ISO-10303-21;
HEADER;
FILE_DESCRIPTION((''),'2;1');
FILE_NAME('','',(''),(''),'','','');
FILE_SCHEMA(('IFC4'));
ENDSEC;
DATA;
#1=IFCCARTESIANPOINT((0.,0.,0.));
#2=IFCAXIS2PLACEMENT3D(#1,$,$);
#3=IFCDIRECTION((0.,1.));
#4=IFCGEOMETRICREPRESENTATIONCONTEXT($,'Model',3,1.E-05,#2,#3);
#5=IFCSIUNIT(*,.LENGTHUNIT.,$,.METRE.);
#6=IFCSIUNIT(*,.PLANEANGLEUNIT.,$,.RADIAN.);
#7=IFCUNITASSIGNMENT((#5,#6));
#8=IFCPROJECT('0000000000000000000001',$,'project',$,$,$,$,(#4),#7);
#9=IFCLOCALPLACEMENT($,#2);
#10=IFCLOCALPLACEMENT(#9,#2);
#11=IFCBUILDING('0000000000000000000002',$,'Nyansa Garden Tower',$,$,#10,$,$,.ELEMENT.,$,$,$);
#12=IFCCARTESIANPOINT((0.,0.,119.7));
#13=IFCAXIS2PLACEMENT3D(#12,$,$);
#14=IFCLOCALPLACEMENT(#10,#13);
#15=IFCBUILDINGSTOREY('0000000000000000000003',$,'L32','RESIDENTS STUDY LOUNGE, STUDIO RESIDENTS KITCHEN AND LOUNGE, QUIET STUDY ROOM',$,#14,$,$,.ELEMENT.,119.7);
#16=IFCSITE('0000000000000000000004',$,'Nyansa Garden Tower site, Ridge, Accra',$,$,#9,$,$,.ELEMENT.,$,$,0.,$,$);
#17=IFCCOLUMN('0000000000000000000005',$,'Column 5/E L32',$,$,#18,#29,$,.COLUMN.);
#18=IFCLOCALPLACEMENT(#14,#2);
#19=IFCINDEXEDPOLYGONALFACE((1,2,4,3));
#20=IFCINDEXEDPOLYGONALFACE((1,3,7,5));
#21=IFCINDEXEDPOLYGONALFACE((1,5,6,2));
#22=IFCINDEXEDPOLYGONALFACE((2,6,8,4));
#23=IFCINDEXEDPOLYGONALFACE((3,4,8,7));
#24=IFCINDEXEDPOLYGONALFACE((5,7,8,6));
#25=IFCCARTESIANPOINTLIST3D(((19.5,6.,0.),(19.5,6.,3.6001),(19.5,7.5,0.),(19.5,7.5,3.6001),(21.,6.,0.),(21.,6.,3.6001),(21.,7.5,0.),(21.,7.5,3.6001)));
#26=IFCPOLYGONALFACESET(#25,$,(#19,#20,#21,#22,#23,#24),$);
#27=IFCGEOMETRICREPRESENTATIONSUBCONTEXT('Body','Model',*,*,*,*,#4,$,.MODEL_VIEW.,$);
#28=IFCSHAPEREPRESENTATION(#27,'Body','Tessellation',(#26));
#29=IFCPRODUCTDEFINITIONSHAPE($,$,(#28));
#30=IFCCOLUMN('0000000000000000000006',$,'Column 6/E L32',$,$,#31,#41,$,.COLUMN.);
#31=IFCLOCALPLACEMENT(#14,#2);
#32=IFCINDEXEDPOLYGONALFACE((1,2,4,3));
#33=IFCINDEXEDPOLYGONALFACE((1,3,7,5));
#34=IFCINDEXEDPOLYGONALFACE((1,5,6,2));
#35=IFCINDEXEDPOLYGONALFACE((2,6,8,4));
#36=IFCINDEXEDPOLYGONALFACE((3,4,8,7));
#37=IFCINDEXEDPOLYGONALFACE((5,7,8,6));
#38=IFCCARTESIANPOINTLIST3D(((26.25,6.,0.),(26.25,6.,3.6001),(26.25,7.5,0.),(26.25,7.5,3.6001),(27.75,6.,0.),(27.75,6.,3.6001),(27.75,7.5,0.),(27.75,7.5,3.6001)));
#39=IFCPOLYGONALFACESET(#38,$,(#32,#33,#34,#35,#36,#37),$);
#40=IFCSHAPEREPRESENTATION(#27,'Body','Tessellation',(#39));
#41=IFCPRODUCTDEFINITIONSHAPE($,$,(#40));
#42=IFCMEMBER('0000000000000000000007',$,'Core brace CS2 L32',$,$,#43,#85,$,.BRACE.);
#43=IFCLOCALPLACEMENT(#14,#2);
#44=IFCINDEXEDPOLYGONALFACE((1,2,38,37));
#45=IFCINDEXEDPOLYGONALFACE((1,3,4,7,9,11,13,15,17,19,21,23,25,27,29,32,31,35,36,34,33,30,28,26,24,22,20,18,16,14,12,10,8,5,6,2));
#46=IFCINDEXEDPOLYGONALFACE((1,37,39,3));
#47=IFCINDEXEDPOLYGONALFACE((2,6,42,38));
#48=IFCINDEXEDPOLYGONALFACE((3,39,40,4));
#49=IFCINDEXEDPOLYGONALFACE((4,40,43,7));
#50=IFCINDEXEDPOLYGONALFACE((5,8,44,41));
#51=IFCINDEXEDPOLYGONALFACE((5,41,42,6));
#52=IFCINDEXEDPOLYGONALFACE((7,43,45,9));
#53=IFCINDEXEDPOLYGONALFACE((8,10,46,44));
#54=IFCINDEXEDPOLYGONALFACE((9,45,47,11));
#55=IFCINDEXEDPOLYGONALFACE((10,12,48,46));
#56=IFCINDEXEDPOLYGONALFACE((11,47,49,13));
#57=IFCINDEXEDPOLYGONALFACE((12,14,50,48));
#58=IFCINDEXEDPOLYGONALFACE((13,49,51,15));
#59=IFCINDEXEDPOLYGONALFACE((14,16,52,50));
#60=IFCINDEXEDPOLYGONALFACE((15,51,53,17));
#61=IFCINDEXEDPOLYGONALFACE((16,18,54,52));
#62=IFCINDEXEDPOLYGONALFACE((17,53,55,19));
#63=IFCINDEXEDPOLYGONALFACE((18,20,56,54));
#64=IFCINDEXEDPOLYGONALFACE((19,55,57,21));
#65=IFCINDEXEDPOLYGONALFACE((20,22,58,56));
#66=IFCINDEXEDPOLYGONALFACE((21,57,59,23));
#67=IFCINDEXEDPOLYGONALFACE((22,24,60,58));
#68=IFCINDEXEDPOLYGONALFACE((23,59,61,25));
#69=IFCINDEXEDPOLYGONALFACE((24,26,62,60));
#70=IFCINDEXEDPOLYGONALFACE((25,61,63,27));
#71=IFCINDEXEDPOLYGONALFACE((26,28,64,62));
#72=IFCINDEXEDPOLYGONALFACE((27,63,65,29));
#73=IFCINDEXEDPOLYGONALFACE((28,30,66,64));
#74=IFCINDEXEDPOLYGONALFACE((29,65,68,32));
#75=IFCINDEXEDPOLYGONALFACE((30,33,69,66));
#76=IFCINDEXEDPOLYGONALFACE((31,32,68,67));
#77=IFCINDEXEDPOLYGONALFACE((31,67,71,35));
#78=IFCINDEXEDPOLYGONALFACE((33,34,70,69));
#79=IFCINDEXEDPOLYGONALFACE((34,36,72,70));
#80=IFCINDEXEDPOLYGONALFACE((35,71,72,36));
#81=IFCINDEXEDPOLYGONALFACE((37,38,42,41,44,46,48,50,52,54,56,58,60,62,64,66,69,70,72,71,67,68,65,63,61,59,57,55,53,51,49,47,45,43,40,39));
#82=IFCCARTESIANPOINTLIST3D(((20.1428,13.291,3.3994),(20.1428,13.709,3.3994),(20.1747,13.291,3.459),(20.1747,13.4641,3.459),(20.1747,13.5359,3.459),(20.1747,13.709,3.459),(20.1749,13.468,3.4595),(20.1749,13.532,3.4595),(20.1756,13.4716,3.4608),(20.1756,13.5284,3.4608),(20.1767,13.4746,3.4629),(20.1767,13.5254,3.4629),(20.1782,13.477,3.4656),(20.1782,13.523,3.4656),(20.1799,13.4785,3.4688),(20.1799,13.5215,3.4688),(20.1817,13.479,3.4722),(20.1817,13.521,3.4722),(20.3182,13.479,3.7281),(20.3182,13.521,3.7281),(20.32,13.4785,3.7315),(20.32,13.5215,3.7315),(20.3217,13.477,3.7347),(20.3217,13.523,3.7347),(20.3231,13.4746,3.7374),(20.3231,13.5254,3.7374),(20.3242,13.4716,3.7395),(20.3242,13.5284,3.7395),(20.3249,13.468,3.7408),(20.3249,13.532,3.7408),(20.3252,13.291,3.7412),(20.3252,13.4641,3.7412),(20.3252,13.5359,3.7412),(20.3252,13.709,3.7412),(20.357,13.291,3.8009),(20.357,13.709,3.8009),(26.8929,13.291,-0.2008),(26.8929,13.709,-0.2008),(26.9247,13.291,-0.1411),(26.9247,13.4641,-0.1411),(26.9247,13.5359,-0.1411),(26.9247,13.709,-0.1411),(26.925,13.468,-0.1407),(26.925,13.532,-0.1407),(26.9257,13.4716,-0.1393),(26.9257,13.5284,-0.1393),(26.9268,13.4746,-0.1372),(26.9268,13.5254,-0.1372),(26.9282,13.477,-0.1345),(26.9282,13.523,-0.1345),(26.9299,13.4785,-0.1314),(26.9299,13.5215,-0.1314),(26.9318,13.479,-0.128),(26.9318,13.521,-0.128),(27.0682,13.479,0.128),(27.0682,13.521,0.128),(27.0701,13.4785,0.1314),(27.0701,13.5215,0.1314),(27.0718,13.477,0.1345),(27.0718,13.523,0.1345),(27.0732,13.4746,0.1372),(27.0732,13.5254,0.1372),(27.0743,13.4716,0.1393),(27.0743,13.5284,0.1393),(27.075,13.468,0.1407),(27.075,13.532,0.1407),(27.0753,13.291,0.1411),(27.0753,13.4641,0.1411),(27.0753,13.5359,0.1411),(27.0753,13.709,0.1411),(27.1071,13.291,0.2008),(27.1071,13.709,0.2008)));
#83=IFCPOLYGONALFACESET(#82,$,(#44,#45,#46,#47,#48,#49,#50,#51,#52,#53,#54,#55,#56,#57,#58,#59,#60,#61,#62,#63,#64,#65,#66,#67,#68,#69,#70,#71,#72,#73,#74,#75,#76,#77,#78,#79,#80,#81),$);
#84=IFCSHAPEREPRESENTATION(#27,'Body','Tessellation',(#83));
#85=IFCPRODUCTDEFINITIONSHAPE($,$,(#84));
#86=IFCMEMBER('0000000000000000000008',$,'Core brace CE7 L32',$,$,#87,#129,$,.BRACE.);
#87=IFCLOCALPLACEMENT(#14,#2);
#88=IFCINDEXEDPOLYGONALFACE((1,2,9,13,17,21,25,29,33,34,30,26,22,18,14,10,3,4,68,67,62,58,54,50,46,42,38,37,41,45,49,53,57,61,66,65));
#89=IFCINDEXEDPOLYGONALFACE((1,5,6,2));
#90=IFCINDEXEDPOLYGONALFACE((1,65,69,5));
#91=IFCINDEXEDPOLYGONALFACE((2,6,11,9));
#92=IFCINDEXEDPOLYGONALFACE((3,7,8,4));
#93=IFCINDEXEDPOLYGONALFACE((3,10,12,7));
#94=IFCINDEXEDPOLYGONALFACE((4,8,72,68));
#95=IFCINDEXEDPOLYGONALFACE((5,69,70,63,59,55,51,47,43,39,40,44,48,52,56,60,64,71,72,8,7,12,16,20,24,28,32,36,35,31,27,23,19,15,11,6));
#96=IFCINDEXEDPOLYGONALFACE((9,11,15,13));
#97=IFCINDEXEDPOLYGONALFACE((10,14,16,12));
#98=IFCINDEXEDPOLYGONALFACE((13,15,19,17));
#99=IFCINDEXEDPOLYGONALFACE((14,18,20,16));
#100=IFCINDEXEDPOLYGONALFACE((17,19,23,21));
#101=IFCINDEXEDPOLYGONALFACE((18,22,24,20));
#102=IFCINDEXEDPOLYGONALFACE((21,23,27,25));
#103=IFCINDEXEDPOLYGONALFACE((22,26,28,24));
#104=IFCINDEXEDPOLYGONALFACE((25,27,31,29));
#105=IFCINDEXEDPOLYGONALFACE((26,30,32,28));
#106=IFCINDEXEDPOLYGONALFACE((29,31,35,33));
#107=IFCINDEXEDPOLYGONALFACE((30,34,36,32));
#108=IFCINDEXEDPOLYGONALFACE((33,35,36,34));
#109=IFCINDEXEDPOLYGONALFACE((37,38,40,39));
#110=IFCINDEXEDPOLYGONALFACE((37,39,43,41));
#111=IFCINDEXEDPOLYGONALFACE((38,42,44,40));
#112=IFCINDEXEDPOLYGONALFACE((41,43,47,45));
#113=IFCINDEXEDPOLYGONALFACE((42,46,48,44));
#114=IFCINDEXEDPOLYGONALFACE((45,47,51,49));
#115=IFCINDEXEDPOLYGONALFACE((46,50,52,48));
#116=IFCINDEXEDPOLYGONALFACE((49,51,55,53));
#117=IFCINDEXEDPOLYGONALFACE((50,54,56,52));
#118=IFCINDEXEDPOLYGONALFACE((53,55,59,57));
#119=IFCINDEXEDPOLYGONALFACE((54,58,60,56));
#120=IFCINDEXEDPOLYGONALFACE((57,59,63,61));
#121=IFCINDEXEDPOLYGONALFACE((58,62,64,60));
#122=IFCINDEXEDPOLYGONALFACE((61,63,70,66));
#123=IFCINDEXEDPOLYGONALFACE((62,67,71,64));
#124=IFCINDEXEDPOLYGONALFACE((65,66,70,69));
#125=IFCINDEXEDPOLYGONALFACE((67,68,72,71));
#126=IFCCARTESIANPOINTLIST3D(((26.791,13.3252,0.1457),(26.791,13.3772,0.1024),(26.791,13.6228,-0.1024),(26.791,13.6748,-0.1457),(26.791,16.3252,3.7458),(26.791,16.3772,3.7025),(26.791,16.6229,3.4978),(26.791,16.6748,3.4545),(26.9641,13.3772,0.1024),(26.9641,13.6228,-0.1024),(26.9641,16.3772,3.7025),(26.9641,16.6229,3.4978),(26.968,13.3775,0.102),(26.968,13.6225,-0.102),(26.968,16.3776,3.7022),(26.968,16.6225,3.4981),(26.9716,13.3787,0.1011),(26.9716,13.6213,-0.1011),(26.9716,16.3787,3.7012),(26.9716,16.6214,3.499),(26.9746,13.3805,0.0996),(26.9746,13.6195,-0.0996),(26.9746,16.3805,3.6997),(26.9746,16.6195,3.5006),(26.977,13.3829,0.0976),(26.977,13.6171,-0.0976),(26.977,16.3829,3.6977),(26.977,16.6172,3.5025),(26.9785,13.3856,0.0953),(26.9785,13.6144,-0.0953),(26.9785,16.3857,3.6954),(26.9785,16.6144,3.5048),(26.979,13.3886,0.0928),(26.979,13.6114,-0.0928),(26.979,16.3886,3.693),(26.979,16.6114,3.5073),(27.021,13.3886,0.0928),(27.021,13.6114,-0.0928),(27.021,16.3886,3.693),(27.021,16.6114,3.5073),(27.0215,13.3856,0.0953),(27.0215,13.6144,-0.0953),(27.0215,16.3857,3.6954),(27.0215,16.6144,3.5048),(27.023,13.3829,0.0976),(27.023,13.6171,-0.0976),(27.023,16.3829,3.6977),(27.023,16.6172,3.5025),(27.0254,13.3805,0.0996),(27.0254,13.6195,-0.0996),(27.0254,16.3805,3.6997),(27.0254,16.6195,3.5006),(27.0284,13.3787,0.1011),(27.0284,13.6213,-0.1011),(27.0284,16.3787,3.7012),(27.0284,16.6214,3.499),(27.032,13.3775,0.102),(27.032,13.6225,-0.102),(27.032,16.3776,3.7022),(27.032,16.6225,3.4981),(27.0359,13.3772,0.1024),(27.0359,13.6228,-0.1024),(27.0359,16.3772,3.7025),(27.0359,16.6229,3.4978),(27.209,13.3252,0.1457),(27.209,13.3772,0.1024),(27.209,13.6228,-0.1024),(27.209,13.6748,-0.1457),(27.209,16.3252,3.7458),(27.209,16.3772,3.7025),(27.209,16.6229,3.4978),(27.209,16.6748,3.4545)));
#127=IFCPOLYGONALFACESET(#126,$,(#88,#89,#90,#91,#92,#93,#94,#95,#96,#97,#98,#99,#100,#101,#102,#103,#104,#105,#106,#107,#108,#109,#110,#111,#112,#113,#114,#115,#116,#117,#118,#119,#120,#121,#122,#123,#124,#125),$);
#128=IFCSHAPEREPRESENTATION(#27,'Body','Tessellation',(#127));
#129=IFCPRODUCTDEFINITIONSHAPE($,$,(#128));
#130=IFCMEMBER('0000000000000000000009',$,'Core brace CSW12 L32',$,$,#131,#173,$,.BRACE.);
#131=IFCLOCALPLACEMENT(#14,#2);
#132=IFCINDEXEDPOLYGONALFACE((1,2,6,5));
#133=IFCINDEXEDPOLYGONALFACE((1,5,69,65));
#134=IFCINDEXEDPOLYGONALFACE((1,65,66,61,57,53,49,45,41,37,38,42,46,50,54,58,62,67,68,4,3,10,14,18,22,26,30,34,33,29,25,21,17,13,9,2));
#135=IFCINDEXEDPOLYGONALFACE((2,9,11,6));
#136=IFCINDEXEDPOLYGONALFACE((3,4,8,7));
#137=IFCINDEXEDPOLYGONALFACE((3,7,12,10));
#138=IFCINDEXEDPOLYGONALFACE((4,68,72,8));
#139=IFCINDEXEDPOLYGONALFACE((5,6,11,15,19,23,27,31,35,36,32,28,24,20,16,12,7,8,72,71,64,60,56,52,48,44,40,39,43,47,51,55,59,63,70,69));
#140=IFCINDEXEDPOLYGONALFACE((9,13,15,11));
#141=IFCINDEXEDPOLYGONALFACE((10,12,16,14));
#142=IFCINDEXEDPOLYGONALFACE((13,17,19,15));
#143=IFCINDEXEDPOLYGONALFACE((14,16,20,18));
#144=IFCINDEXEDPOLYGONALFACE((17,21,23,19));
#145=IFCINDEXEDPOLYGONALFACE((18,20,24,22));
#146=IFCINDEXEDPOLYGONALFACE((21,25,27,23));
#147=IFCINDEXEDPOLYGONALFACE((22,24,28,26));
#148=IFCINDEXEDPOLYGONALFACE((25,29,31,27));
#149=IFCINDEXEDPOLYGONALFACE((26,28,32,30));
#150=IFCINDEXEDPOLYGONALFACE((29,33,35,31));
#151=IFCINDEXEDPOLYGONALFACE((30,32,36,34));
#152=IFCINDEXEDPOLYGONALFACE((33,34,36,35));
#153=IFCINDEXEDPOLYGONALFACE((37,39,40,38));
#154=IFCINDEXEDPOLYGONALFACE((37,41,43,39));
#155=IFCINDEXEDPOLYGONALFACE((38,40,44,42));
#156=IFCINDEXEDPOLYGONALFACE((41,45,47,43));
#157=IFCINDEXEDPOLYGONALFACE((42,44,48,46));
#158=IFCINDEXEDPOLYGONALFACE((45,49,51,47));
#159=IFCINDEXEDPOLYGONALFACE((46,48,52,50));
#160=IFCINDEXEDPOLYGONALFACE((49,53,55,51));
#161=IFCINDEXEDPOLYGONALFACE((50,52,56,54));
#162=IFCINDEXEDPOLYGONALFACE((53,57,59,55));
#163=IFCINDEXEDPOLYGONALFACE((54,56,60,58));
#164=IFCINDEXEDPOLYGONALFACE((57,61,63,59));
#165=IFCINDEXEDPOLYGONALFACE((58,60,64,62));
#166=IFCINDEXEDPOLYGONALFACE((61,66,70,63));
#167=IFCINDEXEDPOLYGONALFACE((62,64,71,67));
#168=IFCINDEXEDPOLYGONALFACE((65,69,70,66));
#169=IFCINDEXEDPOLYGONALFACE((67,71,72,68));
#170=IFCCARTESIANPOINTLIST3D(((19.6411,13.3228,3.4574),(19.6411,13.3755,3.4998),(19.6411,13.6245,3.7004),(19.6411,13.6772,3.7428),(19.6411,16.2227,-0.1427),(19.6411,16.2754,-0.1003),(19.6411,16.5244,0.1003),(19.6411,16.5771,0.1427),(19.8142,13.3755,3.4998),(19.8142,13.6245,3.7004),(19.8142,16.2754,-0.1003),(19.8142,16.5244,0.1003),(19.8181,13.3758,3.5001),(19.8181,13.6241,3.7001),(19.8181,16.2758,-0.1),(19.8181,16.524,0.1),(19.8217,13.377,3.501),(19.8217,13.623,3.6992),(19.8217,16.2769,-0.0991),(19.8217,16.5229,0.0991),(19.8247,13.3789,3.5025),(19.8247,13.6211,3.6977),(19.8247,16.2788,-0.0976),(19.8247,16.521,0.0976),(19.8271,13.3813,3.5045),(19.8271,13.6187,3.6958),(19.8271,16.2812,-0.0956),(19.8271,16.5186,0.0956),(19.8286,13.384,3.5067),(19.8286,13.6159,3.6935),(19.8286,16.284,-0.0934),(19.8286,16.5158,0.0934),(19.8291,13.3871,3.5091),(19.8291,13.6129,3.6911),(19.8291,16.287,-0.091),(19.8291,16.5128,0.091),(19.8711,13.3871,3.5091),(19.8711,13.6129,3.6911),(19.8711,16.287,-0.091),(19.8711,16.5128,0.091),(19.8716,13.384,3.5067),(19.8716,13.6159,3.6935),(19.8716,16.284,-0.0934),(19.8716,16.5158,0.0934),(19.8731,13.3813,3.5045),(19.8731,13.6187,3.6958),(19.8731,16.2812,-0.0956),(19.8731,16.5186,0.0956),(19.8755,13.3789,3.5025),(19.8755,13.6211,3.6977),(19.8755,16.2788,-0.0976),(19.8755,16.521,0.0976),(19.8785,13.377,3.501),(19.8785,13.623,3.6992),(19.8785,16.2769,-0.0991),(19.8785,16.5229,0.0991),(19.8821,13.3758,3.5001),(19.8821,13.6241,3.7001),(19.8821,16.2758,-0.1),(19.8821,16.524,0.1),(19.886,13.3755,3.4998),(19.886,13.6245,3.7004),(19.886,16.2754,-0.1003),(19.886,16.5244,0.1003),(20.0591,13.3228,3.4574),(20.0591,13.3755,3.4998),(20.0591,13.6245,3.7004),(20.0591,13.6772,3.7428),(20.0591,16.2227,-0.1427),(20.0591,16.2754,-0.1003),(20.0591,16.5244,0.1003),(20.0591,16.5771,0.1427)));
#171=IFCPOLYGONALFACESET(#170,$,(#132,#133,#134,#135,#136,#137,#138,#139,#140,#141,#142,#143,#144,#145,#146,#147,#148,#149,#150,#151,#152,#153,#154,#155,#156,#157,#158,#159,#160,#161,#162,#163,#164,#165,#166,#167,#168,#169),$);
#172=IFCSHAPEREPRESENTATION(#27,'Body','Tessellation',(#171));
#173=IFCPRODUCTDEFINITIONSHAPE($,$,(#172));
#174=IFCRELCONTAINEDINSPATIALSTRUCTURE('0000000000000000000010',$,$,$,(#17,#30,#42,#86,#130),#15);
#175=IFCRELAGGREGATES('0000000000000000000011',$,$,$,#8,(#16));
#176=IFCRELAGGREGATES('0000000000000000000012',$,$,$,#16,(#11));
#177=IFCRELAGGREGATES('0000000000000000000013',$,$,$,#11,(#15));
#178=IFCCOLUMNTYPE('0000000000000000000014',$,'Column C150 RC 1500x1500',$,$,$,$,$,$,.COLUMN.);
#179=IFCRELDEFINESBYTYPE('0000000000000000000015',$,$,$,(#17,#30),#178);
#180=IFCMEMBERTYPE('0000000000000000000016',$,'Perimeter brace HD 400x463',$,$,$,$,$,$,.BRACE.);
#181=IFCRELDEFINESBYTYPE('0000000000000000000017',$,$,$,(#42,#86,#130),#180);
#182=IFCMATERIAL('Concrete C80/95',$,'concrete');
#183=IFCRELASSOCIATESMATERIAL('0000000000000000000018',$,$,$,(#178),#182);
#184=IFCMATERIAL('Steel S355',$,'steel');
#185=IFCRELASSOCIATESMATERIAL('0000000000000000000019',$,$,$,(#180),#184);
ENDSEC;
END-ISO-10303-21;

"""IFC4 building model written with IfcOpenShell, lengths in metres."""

from ifc_helpers import new_model, si_unit, direction, frame, origin, origin_2d, place, context, subcontext, project, spatial, rectangle, i_section, extrude, material, material_profile, profile_set, type_object, element, save


model = new_model("IFC4")

# Units and contexts
model_context = context("Model", 3, precision=1e-05, world=origin(), true_north=direction((0.0, 1.0)))
body_context = subcontext(model_context, "Body", "Model", "MODEL_VIEW")
ifc_project = project(units=[si_unit("LENGTHUNIT", "METRE"), si_unit("PLANEANGLEUNIT", "RADIAN")], contexts=[model_context])

# Site, building, storey
site_placement = place(None, origin())
site = spatial("IfcSite", under=ifc_project, at=site_placement, Name="Nyansa Garden Tower site, Ridge, Accra", CompositionType="ELEMENT", RefElevation=0.0)
building_placement = place(site_placement, origin())
building = spatial("IfcBuilding", under=site, at=building_placement, Name="Nyansa Garden Tower", CompositionType="ELEMENT")
storey_placement = place(building_placement, frame((0.0, 0.0, 119.7)))
storey = spatial("IfcBuildingStorey", under=building, at=storey_placement, Name="L32", Description="RESIDENTS STUDY LOUNGE, STUDIO RESIDENTS KITCHEN AND LOUNGE, QUIET STUDY ROOM", CompositionType="ELEMENT", Elevation=119.7)

# Columns
ifc_material_1 = material(Name="Concrete C80/95", Category="concrete")
ifc_material_profile_1 = material_profile(ifc_material_1, rectangle(XDim=1.5, YDim=1.5, at=origin_2d()), Name="RC 1500x1500")
ifc_profile_set_1 = profile_set([ifc_material_profile_1], Name="Concrete C80/95")
column_type = type_object("IfcColumnType", Name="Column C150 RC 1500x1500", PredefinedType="COLUMN", material=ifc_profile_set_1)
for number, where, z_axis, x_axis, name in (
    (1, (20.25, 6.75, 0.0), (0.0, 0.0, 1.0), (1.0, 0.0, 0.0), "Column 5/E L32"),
    (2, (27.0, 6.75, 0.0), (0.0, 0.0, 1.0), (1.0, 0.0, 0.0), "Column 6/E L32"),
):
    element("IfcColumn", number, at=place(storey_placement, frame(where, z_axis=z_axis, x_axis=x_axis)), inside=storey, type_object=column_type, Name=name, PredefinedType="COLUMN", context=body_context, shape_type="SweptSolid", body=[
        extrude(rectangle(XDim=1.5, YDim=1.5, at=origin_2d()), origin(), (0.0, 0.0, 1.0), 3.6001),
    ])

# Members
ifc_material_2 = material(Name="Steel S355", Category="steel")
ifc_material_profile_2 = material_profile(ifc_material_2, i_section(OverallWidth=0.418, OverallDepth=0.4551, WebThickness=0.042, FlangeThickness=0.0676, FilletRadius=0.0149, at=origin_2d()), Name="HD 400x463")
ifc_profile_set_2 = profile_set([ifc_material_profile_2], Name="Steel S355")
member_type = type_object("IfcMemberType", Name="Perimeter brace HD 400x463", PredefinedType="BRACE", material=ifc_profile_set_2)
member_1_placement = place(storey_placement, frame((27.0, 13.5, 0.0), z_axis=(-0.882348, 0.0, 0.470598), x_axis=(0.0, -1.0, 0.0)))
element("IfcMember", 3, at=member_1_placement, inside=storey, type_object=member_type, Name="Core brace CS2 L32", PredefinedType="BRACE", context=body_context, shape_type="SweptSolid", body=[
    extrude(i_section(OverallWidth=0.418, OverallDepth=0.4551, WebThickness=0.042, FlangeThickness=0.0676, FilletRadius=0.0149, at=origin_2d()), origin(), (0.0, 0.0, 1.0), 7.6501),
])
member_2_placement = place(storey_placement, frame((27.0, 13.5, 0.0), z_axis=(0.0, 0.640174, 0.76823), x_axis=(-1.0, 0.0, 0.0)))
element("IfcMember", 4, at=member_2_placement, inside=storey, type_object=member_type, Name="Core brace CE7 L32", PredefinedType="BRACE", context=body_context, shape_type="SweptSolid", body=[
    extrude(i_section(OverallWidth=0.418, OverallDepth=0.4551, WebThickness=0.042, FlangeThickness=0.0676, FilletRadius=0.0149, at=origin_2d()), origin(), (0.0, 0.0, 1.0), 4.6863),
])
for number, where, z_axis, x_axis, name in (
    (5, (19.8501, 16.3999, 0.0), (0.0, -0.627306, 0.778773), (1.0, 0.0, 0.0), "Core brace CSW12 L32"),
):
    element("IfcMember", number, at=place(storey_placement, frame(where, z_axis=z_axis, x_axis=x_axis)), inside=storey, type_object=member_type, Name=name, PredefinedType="BRACE", context=body_context, shape_type="SweptSolid", body=[
        extrude(i_section(OverallWidth=0.418, OverallDepth=0.4551, WebThickness=0.042, FlangeThickness=0.0676, FilletRadius=0.0149, at=origin_2d()), origin(), (0.0, 0.0, 1.0), 4.6228),
    ])

save(model, "model.ifc")
